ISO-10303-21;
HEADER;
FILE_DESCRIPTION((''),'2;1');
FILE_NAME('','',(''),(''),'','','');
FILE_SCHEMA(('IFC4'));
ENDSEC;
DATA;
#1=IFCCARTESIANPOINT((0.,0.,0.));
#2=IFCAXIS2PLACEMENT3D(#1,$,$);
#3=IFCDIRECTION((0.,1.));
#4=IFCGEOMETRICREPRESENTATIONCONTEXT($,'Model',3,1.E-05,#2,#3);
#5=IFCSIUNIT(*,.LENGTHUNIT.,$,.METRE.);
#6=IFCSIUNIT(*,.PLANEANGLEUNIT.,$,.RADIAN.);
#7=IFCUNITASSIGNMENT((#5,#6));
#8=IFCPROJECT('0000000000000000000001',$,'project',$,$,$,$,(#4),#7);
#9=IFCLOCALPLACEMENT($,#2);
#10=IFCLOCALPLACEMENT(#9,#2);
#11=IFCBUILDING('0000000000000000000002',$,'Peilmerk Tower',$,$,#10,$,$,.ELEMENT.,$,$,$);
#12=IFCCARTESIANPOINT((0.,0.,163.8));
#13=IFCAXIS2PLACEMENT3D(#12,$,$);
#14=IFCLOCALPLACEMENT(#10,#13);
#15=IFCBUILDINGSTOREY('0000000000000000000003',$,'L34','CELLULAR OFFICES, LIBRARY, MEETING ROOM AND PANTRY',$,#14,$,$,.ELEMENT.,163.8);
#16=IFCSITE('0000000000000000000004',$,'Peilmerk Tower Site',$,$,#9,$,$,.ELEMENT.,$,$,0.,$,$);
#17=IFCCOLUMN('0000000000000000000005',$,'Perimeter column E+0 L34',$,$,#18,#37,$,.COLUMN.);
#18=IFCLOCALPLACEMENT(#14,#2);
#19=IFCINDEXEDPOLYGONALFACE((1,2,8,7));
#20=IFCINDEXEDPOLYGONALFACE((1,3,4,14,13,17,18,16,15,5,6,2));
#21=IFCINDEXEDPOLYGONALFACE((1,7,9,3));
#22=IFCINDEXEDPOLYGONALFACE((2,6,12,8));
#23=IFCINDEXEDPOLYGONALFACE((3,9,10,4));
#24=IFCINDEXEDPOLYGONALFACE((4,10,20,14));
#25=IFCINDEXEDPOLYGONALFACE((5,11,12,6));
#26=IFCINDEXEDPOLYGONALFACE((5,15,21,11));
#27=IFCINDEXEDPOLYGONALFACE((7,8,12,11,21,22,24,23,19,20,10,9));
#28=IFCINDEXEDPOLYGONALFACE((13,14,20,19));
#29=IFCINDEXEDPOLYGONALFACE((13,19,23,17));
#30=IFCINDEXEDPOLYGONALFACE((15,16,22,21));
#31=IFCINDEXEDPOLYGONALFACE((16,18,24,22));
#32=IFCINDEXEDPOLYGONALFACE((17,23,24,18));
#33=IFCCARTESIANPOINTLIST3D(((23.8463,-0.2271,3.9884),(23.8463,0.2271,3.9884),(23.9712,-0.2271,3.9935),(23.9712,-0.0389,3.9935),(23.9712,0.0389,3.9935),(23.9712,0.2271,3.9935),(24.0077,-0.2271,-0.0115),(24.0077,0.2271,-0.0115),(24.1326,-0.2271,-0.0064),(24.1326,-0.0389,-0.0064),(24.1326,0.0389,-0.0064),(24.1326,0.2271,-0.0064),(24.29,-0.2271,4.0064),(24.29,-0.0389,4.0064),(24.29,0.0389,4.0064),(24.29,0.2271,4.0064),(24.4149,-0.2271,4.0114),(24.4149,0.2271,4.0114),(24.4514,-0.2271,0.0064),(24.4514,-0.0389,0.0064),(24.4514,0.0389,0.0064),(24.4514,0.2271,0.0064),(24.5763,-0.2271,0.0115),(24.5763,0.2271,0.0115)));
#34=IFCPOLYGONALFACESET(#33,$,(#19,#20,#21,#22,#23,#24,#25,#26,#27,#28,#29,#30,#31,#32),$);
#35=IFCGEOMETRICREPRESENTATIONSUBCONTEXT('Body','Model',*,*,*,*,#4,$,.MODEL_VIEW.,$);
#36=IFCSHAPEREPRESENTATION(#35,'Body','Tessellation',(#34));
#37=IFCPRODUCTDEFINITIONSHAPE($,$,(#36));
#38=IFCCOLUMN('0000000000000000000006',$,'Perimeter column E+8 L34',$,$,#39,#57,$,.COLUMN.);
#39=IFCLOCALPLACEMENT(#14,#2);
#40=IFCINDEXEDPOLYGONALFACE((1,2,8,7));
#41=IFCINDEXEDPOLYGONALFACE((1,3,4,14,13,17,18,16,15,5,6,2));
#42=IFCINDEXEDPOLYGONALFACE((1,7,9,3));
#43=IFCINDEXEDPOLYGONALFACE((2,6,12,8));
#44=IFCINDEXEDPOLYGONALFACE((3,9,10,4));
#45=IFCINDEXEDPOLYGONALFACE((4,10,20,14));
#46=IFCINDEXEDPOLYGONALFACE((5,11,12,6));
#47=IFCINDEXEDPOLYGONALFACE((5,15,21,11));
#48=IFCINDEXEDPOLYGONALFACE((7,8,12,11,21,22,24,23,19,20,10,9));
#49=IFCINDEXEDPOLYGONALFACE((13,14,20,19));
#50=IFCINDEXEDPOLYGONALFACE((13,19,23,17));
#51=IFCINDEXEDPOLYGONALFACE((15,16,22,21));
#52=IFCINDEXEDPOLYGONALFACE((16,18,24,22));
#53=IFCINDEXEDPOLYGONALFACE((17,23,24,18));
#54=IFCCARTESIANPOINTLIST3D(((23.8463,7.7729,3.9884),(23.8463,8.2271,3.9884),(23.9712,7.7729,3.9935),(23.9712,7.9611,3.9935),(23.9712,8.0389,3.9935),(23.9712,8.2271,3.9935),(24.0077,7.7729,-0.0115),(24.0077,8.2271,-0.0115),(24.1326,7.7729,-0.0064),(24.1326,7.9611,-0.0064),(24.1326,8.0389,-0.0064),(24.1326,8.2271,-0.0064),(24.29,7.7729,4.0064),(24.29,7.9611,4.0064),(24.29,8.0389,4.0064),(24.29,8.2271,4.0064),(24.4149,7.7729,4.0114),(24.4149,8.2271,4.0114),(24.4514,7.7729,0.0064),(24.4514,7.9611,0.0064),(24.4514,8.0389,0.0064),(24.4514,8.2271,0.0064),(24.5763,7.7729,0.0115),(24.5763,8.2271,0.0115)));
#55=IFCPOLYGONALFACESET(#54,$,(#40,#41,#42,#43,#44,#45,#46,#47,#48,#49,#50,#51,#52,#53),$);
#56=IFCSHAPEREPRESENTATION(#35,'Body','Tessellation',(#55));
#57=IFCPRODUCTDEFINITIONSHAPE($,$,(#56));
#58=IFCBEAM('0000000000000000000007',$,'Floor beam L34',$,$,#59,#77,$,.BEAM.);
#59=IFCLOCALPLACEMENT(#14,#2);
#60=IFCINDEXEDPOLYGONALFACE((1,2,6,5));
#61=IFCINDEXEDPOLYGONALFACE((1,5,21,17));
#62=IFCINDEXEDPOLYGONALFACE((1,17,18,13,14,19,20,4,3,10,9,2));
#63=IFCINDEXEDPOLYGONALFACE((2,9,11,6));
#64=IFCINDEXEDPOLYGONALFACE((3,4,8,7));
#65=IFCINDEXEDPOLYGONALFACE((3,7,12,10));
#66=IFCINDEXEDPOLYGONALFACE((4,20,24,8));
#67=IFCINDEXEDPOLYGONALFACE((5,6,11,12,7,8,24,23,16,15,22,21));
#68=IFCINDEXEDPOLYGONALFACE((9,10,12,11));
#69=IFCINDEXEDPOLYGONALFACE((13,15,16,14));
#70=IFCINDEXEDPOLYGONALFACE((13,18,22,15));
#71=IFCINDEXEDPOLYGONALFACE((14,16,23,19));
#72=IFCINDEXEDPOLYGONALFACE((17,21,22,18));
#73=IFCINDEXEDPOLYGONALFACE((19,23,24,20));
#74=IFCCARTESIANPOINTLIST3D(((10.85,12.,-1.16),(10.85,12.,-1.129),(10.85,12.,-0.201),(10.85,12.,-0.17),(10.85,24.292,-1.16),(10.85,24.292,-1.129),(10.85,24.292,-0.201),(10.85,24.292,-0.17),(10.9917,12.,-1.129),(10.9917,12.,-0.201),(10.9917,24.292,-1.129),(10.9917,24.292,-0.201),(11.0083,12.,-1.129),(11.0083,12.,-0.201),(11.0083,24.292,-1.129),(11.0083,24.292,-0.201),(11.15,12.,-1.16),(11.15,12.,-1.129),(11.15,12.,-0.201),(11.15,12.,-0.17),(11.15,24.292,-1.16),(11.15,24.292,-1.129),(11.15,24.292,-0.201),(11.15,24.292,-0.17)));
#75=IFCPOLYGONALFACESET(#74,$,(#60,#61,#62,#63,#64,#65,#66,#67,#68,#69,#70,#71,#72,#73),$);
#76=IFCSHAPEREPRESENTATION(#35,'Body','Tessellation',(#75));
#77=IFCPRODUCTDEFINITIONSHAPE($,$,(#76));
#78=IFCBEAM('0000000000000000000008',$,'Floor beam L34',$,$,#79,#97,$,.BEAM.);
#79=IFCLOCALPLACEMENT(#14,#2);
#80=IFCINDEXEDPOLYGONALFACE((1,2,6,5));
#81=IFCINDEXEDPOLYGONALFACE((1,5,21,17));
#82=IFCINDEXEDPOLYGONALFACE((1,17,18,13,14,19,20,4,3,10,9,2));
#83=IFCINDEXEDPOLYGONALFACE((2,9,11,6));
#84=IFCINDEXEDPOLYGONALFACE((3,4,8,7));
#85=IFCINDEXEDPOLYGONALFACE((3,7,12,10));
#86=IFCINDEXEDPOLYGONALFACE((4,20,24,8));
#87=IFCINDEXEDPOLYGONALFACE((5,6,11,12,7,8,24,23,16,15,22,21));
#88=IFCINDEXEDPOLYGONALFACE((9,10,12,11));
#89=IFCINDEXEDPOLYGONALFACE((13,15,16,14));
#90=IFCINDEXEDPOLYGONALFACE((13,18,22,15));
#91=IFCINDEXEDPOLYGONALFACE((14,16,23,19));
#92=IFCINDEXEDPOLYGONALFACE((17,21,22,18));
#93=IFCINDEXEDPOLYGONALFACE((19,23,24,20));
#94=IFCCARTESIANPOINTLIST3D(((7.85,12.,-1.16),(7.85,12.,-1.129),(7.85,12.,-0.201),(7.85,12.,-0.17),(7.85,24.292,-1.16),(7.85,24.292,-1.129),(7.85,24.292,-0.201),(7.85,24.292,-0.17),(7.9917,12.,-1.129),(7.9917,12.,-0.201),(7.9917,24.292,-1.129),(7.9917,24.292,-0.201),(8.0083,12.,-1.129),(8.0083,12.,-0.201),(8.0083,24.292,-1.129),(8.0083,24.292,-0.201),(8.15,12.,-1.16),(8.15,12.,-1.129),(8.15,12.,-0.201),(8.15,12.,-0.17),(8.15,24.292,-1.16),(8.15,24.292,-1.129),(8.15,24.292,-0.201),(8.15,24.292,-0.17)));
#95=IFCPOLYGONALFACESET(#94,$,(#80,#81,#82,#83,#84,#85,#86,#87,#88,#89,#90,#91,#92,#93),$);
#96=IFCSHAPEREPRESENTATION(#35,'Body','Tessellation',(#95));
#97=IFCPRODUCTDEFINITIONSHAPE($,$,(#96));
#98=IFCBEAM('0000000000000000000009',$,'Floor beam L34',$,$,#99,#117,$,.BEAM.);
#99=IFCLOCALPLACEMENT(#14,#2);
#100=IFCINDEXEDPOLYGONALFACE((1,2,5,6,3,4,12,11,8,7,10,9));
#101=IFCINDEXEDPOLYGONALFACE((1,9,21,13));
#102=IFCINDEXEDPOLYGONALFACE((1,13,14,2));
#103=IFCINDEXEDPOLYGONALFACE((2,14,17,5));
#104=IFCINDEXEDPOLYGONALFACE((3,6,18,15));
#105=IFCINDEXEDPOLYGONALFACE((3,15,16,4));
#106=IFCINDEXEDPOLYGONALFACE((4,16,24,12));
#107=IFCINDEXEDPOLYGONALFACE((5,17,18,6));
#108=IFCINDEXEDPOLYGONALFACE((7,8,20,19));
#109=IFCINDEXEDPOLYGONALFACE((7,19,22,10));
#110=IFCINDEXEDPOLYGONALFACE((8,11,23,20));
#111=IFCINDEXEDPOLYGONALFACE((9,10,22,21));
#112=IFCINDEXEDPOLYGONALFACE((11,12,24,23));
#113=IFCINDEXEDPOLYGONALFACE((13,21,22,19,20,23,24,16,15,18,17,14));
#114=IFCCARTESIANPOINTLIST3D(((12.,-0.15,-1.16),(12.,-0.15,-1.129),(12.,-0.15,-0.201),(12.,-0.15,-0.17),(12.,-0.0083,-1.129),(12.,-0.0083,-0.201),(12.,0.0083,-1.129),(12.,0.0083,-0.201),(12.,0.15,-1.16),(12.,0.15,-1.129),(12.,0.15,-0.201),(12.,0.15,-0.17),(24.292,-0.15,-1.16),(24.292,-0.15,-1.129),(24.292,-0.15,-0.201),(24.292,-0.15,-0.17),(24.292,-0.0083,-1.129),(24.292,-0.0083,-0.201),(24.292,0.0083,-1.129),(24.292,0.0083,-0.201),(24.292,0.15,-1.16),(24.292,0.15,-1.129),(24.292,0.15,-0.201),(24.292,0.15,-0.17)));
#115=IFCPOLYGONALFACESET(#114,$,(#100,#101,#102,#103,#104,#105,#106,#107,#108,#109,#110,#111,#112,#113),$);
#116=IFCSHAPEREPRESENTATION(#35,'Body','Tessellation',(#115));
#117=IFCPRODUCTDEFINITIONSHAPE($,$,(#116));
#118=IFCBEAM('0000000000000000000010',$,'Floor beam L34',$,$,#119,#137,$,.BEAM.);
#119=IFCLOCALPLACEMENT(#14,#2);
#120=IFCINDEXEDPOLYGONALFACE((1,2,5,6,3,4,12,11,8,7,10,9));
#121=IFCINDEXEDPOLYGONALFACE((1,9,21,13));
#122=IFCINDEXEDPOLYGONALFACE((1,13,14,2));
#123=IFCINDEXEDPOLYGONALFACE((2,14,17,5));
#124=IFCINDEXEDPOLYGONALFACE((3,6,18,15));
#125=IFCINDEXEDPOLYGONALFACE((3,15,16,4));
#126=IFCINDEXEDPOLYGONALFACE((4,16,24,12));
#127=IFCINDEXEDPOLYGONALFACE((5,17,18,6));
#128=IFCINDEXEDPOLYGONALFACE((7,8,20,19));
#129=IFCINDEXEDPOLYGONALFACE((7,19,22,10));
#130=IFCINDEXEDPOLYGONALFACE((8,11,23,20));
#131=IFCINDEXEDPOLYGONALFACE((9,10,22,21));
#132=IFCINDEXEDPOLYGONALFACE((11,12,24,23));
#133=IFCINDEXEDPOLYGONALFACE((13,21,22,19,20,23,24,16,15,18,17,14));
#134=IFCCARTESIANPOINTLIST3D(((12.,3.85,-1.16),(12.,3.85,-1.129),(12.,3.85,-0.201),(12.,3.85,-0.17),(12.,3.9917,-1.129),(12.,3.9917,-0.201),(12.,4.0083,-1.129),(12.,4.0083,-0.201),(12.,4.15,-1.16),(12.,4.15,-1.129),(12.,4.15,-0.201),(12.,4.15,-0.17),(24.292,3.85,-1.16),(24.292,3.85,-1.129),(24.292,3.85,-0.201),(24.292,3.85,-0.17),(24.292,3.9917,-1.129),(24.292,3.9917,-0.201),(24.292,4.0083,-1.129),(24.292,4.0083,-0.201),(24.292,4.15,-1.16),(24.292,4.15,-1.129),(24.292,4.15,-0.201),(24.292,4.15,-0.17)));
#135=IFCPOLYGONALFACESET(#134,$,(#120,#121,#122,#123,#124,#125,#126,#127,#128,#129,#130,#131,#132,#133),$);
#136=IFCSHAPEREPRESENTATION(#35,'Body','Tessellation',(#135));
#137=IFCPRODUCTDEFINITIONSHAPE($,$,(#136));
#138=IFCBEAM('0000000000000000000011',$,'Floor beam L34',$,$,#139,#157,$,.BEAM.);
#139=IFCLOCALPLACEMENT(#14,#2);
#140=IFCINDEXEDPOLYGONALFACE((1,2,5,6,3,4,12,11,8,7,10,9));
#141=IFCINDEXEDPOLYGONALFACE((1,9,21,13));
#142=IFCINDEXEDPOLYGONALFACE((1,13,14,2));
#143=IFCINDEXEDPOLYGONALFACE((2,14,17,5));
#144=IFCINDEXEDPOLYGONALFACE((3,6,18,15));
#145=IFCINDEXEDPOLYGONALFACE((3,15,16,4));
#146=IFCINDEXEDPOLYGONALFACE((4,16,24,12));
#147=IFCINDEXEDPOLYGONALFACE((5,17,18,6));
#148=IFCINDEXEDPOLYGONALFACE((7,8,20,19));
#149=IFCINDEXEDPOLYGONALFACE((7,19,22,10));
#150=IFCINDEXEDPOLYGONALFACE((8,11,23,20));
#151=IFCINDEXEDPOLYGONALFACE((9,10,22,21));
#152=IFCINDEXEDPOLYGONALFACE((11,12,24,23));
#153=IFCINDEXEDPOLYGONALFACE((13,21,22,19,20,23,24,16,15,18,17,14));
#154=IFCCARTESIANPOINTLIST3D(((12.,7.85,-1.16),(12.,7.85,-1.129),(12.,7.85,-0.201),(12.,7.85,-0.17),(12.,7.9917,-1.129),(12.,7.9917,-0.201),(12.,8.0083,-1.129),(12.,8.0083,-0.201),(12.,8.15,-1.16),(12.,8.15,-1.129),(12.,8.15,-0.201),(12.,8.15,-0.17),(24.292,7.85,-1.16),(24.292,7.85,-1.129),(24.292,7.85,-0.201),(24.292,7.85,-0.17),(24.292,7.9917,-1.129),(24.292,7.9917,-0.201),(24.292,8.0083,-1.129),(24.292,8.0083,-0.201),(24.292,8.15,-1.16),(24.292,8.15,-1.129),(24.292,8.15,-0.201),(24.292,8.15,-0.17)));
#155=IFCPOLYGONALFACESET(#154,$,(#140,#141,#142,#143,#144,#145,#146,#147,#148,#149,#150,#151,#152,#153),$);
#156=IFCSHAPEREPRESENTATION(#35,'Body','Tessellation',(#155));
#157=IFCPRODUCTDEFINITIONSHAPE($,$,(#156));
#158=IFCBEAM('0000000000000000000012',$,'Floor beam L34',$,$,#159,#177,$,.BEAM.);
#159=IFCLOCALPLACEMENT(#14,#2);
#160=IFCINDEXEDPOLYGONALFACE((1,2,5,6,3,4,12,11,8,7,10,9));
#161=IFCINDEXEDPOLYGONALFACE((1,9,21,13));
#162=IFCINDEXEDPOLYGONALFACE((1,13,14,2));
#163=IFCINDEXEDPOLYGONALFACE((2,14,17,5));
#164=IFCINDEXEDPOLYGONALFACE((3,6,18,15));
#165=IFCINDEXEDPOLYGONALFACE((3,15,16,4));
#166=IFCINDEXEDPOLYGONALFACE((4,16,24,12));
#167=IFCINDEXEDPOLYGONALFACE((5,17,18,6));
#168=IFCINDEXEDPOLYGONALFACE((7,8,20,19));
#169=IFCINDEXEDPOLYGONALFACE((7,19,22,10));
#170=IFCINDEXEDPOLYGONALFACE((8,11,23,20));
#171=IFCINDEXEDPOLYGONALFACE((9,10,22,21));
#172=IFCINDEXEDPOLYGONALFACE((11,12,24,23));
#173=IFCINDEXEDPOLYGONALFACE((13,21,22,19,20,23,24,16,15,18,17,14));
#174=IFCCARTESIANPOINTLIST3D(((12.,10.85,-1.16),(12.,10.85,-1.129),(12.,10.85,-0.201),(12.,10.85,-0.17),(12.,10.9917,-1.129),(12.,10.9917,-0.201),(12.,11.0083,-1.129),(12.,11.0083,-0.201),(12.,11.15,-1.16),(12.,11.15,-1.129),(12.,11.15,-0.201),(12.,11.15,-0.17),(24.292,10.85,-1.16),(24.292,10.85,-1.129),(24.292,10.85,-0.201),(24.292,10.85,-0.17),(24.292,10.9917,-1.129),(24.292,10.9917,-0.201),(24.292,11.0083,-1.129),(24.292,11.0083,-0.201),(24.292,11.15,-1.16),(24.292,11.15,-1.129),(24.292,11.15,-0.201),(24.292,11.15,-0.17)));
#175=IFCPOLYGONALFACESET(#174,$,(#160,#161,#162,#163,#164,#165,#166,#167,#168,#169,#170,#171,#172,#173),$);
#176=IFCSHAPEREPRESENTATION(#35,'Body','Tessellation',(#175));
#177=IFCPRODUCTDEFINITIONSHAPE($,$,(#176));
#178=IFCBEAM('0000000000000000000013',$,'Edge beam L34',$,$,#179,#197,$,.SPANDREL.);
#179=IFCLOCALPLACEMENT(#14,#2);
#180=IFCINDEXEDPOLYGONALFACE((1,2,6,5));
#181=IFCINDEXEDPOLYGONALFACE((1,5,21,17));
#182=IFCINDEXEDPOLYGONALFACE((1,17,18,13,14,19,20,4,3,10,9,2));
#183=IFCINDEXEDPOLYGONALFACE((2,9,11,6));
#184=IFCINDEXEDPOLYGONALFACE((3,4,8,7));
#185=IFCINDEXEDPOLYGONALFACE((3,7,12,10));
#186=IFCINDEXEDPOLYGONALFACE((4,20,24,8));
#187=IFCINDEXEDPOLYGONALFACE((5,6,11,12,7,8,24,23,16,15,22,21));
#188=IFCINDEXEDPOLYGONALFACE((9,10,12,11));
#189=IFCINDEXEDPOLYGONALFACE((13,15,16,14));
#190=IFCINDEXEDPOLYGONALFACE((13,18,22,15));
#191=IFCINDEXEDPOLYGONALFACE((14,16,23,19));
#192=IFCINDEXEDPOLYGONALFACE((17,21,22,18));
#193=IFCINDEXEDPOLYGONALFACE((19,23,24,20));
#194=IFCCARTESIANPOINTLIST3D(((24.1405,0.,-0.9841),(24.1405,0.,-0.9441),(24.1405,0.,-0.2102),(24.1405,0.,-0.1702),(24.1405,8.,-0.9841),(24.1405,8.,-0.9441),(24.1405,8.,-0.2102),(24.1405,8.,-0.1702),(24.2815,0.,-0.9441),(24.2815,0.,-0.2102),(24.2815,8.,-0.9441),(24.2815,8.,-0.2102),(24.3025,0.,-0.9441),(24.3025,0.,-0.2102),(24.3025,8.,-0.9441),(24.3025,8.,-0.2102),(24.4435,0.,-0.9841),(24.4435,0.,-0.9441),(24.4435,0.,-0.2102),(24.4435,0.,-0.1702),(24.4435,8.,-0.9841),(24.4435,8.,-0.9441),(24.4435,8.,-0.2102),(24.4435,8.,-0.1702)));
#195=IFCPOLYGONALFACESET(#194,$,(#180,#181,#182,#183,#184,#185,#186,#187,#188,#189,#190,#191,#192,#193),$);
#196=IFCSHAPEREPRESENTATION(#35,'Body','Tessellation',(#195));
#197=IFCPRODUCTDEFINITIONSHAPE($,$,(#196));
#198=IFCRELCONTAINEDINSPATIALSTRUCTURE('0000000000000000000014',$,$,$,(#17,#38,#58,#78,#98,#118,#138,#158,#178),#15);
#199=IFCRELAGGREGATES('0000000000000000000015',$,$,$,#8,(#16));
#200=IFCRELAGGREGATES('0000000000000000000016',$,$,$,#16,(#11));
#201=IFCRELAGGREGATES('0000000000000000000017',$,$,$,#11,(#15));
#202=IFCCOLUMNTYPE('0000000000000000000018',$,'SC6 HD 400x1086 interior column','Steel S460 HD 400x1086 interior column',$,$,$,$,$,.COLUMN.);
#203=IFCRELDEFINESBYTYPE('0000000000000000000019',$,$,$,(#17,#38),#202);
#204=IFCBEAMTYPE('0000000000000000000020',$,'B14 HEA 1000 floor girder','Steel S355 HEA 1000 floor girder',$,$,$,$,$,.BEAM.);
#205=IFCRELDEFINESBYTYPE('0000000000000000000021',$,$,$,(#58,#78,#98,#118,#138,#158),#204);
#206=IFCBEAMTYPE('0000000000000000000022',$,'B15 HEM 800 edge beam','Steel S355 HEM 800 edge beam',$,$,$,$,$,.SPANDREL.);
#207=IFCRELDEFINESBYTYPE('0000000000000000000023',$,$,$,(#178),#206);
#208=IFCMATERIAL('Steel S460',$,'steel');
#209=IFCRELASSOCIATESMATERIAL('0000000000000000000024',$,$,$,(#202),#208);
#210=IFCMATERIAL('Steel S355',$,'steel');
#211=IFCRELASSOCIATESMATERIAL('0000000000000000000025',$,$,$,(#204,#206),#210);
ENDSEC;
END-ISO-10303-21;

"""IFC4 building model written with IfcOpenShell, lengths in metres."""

from ifc_helpers import new_model, si_unit, direction, frame, origin, origin_2d, place, context, subcontext, project, spatial, i_section, extrude, material, material_profile, profile_set, type_object, element, save


model = new_model("IFC4")

# Units and contexts
model_context = context("Model", 3, precision=1e-05, world=origin(), true_north=direction((0.0, 1.0)))
body_context = subcontext(model_context, "Body", "Model", "MODEL_VIEW")
ifc_project = project(units=[si_unit("LENGTHUNIT", "METRE"), si_unit("PLANEANGLEUNIT", "RADIAN")], contexts=[model_context])

# Site, building, storey
site_placement = place(None, origin())
site = spatial("IfcSite", under=ifc_project, at=site_placement, Name="Peilmerk Tower Site", CompositionType="ELEMENT", RefElevation=0.0)
building_placement = place(site_placement, origin())
building = spatial("IfcBuilding", under=site, at=building_placement, Name="Peilmerk Tower", CompositionType="ELEMENT")
storey_placement = place(building_placement, frame((0.0, 0.0, 163.8)))
storey = spatial("IfcBuildingStorey", under=building, at=storey_placement, Name="L34", Description="CELLULAR OFFICES, LIBRARY, MEETING ROOM AND PANTRY", CompositionType="ELEMENT", Elevation=163.8)

# Columns
ifc_material_1 = material(Name="Steel S460", Category="steel")
ifc_material_profile_1 = material_profile(ifc_material_1, i_section(OverallWidth=0.4541, OverallDepth=0.5691, WebThickness=0.0779, FlangeThickness=0.125, at=origin_2d()), Name="HD 400x1086")
ifc_profile_set_1 = profile_set([ifc_material_profile_1], Name="Steel S460")
column_type = type_object("IfcColumnType", Name="SC6 HD 400x1086 interior column", Description="Steel S460 HD 400x1086 interior column", PredefinedType="COLUMN", material=ifc_profile_set_1)
for number, where, z_axis, x_axis, name in (
    (1, (24.292, 0.0, 0.0), (-0.040311, 0.0, 0.999187), (0.0, -1.0, 0.0), "Perimeter column E+0 L34"),
    (2, (24.292, 8.0, 0.0), (-0.040311, 0.0, 0.999187), (0.0, -1.0, 0.0), "Perimeter column E+8 L34"),
):
    element("IfcColumn", number, at=place(storey_placement, frame(where, z_axis=z_axis, x_axis=x_axis)), inside=storey, type_object=column_type, Name=name, PredefinedType="COLUMN", context=body_context, shape_type="SweptSolid", body=[
        extrude(i_section(OverallWidth=0.4541, OverallDepth=0.5691, WebThickness=0.0779, FlangeThickness=0.125, at=origin_2d()), origin(), (0.0, 0.0, 1.0), 4.0032),
    ])

# Beams
ifc_material_2 = material(Name="Steel S355", Category="steel")
ifc_material_profile_2 = material_profile(ifc_material_2, i_section(OverallWidth=0.3, OverallDepth=0.99, WebThickness=0.0166, FlangeThickness=0.031, at=origin_2d()), Name="HEA 1000")
ifc_profile_set_2 = profile_set([ifc_material_profile_2], Name="Steel S355")
beam_type_1 = type_object("IfcBeamType", Name="B14 HEA 1000 floor girder", Description="Steel S355 HEA 1000 floor girder", PredefinedType="BEAM", material=ifc_profile_set_2)
for number, where, z_axis, x_axis, name in (
    (3, (11.0, 12.0, -0.665), (0.0, 1.0, 0.0), (-1.0, 0.0, 0.0), "Floor beam L34"),
    (4, (8.0, 12.0, -0.665), (0.0, 1.0, 0.0), (-1.0, 0.0, 0.0), "Floor beam L34"),
    (5, (12.0, 0.0, -0.665), (1.0, 0.0, 0.0), (0.0, 1.0, 0.0), "Floor beam L34"),
    (6, (12.0, 4.0, -0.665), (1.0, 0.0, 0.0), (0.0, 1.0, 0.0), "Floor beam L34"),
    (7, (12.0, 8.0, -0.665), (1.0, 0.0, 0.0), (0.0, 1.0, 0.0), "Floor beam L34"),
    (8, (12.0, 11.0, -0.665), (1.0, 0.0, 0.0), (0.0, 1.0, 0.0), "Floor beam L34"),
):
    element("IfcBeam", number, at=place(storey_placement, frame(where, z_axis=z_axis, x_axis=x_axis)), inside=storey, type_object=beam_type_1, Name=name, PredefinedType="BEAM", context=body_context, shape_type="SweptSolid", body=[
        extrude(i_section(OverallWidth=0.3, OverallDepth=0.99, WebThickness=0.0166, FlangeThickness=0.031, at=origin_2d()), origin(), (0.0, 0.0, 1.0), 12.292),
    ])
ifc_material_profile_3 = material_profile(ifc_material_2, i_section(OverallWidth=0.303, OverallDepth=0.814, WebThickness=0.021, FlangeThickness=0.04, at=origin_2d()), Name="HEM 800")
ifc_profile_set_3 = profile_set([ifc_material_profile_3], Name="Steel S355")
beam_type_2 = type_object("IfcBeamType", Name="B15 HEM 800 edge beam", Description="Steel S355 HEM 800 edge beam", PredefinedType="SPANDREL", material=ifc_profile_set_3)
for number, where, z_axis, x_axis, name in (
    (9, (24.292, 0.0, -0.5771), (0.0, 1.0, 0.0), (-1.0, 0.0, 0.0), "Edge beam L34"),
):
    element("IfcBeam", number, at=place(storey_placement, frame(where, z_axis=z_axis, x_axis=x_axis)), inside=storey, type_object=beam_type_2, Name=name, PredefinedType="SPANDREL", context=body_context, shape_type="SweptSolid", body=[
        extrude(i_section(OverallWidth=0.303, OverallDepth=0.814, WebThickness=0.021, FlangeThickness=0.04, at=origin_2d()), origin(), (0.0, 0.0, 1.0), 8.0),
    ])

save(model, "model.ifc")
